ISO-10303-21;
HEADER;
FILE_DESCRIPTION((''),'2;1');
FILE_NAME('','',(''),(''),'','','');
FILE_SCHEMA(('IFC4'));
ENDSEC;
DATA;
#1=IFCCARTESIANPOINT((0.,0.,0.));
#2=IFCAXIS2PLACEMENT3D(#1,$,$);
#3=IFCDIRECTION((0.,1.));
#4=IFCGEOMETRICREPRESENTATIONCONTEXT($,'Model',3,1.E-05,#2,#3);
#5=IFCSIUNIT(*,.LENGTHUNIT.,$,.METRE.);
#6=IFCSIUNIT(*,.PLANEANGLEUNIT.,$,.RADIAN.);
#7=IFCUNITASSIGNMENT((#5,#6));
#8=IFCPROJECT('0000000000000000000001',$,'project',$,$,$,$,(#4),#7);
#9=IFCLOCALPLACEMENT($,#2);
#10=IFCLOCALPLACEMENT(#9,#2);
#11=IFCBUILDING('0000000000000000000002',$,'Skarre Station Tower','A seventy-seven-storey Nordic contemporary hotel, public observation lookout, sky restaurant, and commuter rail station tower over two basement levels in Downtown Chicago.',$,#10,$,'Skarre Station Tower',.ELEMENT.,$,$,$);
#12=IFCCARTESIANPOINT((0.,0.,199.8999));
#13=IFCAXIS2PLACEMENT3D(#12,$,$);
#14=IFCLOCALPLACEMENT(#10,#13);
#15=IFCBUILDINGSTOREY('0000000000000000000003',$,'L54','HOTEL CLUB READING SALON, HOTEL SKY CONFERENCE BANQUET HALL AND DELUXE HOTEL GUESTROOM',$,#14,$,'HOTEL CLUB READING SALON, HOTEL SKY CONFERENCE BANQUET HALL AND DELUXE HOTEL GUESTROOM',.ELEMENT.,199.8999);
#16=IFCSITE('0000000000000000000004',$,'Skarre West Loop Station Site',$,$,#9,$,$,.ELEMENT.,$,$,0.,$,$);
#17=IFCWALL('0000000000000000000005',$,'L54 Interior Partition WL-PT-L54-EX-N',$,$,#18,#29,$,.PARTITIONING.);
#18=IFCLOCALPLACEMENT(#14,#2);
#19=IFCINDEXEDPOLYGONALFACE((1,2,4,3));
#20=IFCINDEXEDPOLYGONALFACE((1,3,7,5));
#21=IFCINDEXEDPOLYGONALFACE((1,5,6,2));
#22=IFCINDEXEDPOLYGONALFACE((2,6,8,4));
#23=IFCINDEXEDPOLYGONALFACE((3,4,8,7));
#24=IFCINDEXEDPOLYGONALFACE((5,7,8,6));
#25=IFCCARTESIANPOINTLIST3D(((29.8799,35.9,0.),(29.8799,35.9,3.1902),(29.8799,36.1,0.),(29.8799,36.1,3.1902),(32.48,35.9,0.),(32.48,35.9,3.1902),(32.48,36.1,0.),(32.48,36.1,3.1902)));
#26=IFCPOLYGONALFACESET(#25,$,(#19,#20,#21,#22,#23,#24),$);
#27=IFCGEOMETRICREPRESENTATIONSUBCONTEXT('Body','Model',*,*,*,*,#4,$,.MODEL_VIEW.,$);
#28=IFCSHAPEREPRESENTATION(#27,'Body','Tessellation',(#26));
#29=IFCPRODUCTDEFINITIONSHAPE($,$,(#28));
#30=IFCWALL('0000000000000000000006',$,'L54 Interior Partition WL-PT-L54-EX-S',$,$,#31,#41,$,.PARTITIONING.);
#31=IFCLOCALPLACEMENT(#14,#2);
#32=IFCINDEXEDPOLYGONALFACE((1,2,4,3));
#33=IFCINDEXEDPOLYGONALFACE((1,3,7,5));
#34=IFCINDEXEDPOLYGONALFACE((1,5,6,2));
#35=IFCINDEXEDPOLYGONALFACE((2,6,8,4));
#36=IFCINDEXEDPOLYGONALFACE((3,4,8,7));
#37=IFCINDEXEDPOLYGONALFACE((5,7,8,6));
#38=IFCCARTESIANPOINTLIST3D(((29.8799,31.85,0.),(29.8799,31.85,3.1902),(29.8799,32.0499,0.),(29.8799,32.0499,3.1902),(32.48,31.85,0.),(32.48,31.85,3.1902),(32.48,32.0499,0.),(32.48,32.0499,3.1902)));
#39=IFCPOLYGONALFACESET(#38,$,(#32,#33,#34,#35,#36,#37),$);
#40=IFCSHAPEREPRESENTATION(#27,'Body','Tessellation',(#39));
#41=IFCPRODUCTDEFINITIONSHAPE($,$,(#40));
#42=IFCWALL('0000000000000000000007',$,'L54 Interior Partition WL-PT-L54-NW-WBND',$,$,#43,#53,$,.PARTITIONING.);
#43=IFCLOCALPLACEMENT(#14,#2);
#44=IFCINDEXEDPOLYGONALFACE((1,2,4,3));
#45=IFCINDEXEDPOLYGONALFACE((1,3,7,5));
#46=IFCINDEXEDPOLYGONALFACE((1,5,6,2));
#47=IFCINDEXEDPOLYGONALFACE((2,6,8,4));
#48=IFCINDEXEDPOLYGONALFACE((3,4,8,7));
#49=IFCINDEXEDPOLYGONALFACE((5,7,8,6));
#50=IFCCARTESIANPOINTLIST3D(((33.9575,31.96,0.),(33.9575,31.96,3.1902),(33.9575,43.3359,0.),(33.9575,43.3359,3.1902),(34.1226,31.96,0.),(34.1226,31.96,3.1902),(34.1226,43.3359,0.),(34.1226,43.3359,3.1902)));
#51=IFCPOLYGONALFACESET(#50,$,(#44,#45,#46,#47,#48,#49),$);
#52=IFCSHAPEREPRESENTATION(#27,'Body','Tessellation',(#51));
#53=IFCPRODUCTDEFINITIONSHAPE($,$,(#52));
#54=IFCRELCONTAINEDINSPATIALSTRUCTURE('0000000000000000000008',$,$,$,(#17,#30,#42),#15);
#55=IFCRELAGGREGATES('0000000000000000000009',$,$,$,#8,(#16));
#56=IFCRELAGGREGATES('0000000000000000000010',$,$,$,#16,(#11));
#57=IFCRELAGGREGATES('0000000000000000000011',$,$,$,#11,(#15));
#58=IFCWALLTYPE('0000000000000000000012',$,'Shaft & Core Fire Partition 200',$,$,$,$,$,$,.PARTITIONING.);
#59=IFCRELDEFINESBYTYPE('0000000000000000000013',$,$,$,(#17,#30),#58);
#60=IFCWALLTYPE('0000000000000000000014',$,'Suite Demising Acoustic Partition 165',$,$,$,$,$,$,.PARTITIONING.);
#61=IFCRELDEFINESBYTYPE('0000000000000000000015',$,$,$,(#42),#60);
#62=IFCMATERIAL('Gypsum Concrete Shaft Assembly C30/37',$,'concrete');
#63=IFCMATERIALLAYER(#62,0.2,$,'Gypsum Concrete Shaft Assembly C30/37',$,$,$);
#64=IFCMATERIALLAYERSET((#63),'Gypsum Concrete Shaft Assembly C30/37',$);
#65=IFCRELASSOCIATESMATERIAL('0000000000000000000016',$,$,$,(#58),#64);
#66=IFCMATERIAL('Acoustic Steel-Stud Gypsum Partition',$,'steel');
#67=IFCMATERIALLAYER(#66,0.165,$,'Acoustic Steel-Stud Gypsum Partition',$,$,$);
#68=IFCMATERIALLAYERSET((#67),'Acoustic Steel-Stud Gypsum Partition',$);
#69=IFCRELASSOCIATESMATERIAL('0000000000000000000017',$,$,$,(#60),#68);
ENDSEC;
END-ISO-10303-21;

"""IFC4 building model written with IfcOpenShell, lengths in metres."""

from ifc_helpers import new_model, si_unit, direction, frame, frame_2d, origin, place, context, subcontext, project, spatial, rectangle, extrude, material, layer, layer_set, type_object, element, save


model = new_model("IFC4")

# Units and contexts
model_context = context("Model", 3, precision=1e-05, world=origin(), true_north=direction((0.0, 1.0)))
body_context = subcontext(model_context, "Body", "Model", "MODEL_VIEW")
ifc_project = project(units=[si_unit("LENGTHUNIT", "METRE"), si_unit("PLANEANGLEUNIT", "RADIAN")], contexts=[model_context])

# Site, building, storey
site_placement = place(None, origin())
site = spatial("IfcSite", under=ifc_project, at=site_placement, Name="Skarre West Loop Station Site", CompositionType="ELEMENT", RefElevation=0.0)
building_placement = place(site_placement, origin())
building = spatial("IfcBuilding", under=site, at=building_placement, Name="Skarre Station Tower", Description="A seventy-seven-storey Nordic contemporary hotel, public observation lookout, sky restaurant, and commuter rail station tower over two basement levels in Downtown Chicago.", LongName="Skarre Station Tower", CompositionType="ELEMENT")
storey_placement = place(building_placement, frame((0.0, 0.0, 199.8999)))
storey = spatial("IfcBuildingStorey", under=building, at=storey_placement, Name="L54", Description="HOTEL CLUB READING SALON, HOTEL SKY CONFERENCE BANQUET HALL AND DELUXE HOTEL GUESTROOM", LongName="HOTEL CLUB READING SALON, HOTEL SKY CONFERENCE BANQUET HALL AND DELUXE HOTEL GUESTROOM", CompositionType="ELEMENT", Elevation=199.8999)

# Shared definitions
ifc_material_1 = material(Name="Acoustic Steel-Stud Gypsum Partition", Category="steel")

# Walls
ifc_material_2 = material(Name="Gypsum Concrete Shaft Assembly C30/37", Category="concrete")
ifc_layer_1 = layer(ifc_material_2, 0.2, Name="Gypsum Concrete Shaft Assembly C30/37")
ifc_layer_set_1 = layer_set([ifc_layer_1], Name="Gypsum Concrete Shaft Assembly C30/37")
wall_type_1 = type_object("IfcWallType", Name="Shaft & Core Fire Partition 200", PredefinedType="PARTITIONING", material=ifc_layer_set_1)
for number, where, z_axis, x_axis, name in (
    (1, (29.8799, 36.0, 0.0), (0.0, 0.0, 1.0), (1.0, 0.0, 0.0), "L54 Interior Partition WL-PT-L54-EX-N"),
    (2, (32.48, 31.95, 0.0), (0.0, 0.0, 1.0), (-1.0, 0.0, 0.0), "L54 Interior Partition WL-PT-L54-EX-S"),
):
    element("IfcWall", number, at=place(storey_placement, frame(where, z_axis=z_axis, x_axis=x_axis)), inside=storey, type_object=wall_type_1, Name=name, PredefinedType="PARTITIONING", context=body_context, shape_type="SweptSolid", body=[
        extrude(rectangle(XDim=2.6001, YDim=0.2, at=frame_2d((1.3, 0.0))), origin(), (0.0, 0.0, 1.0), 3.1902),
    ])
ifc_layer_2 = layer(ifc_material_1, 0.165, Name="Acoustic Steel-Stud Gypsum Partition")
ifc_layer_set_2 = layer_set([ifc_layer_2], Name="Acoustic Steel-Stud Gypsum Partition")
wall_type_2 = type_object("IfcWallType", Name="Suite Demising Acoustic Partition 165", PredefinedType="PARTITIONING", material=ifc_layer_set_2)
wall_1_placement = place(storey_placement, frame((34.04, 31.96, 0.0), z_axis=(0.0, 0.0, 1.0), x_axis=(0.0, 1.0, 0.0)))
element("IfcWall", 3, at=wall_1_placement, inside=storey, type_object=wall_type_2, Name="L54 Interior Partition WL-PT-L54-NW-WBND", PredefinedType="PARTITIONING", context=body_context, shape_type="SweptSolid", body=[
    extrude(rectangle(XDim=11.376, YDim=0.165, at=frame_2d((5.688, 0.0))), origin(), (0.0, 0.0, 1.0), 3.1902),
])

save(model, "model.ifc")
